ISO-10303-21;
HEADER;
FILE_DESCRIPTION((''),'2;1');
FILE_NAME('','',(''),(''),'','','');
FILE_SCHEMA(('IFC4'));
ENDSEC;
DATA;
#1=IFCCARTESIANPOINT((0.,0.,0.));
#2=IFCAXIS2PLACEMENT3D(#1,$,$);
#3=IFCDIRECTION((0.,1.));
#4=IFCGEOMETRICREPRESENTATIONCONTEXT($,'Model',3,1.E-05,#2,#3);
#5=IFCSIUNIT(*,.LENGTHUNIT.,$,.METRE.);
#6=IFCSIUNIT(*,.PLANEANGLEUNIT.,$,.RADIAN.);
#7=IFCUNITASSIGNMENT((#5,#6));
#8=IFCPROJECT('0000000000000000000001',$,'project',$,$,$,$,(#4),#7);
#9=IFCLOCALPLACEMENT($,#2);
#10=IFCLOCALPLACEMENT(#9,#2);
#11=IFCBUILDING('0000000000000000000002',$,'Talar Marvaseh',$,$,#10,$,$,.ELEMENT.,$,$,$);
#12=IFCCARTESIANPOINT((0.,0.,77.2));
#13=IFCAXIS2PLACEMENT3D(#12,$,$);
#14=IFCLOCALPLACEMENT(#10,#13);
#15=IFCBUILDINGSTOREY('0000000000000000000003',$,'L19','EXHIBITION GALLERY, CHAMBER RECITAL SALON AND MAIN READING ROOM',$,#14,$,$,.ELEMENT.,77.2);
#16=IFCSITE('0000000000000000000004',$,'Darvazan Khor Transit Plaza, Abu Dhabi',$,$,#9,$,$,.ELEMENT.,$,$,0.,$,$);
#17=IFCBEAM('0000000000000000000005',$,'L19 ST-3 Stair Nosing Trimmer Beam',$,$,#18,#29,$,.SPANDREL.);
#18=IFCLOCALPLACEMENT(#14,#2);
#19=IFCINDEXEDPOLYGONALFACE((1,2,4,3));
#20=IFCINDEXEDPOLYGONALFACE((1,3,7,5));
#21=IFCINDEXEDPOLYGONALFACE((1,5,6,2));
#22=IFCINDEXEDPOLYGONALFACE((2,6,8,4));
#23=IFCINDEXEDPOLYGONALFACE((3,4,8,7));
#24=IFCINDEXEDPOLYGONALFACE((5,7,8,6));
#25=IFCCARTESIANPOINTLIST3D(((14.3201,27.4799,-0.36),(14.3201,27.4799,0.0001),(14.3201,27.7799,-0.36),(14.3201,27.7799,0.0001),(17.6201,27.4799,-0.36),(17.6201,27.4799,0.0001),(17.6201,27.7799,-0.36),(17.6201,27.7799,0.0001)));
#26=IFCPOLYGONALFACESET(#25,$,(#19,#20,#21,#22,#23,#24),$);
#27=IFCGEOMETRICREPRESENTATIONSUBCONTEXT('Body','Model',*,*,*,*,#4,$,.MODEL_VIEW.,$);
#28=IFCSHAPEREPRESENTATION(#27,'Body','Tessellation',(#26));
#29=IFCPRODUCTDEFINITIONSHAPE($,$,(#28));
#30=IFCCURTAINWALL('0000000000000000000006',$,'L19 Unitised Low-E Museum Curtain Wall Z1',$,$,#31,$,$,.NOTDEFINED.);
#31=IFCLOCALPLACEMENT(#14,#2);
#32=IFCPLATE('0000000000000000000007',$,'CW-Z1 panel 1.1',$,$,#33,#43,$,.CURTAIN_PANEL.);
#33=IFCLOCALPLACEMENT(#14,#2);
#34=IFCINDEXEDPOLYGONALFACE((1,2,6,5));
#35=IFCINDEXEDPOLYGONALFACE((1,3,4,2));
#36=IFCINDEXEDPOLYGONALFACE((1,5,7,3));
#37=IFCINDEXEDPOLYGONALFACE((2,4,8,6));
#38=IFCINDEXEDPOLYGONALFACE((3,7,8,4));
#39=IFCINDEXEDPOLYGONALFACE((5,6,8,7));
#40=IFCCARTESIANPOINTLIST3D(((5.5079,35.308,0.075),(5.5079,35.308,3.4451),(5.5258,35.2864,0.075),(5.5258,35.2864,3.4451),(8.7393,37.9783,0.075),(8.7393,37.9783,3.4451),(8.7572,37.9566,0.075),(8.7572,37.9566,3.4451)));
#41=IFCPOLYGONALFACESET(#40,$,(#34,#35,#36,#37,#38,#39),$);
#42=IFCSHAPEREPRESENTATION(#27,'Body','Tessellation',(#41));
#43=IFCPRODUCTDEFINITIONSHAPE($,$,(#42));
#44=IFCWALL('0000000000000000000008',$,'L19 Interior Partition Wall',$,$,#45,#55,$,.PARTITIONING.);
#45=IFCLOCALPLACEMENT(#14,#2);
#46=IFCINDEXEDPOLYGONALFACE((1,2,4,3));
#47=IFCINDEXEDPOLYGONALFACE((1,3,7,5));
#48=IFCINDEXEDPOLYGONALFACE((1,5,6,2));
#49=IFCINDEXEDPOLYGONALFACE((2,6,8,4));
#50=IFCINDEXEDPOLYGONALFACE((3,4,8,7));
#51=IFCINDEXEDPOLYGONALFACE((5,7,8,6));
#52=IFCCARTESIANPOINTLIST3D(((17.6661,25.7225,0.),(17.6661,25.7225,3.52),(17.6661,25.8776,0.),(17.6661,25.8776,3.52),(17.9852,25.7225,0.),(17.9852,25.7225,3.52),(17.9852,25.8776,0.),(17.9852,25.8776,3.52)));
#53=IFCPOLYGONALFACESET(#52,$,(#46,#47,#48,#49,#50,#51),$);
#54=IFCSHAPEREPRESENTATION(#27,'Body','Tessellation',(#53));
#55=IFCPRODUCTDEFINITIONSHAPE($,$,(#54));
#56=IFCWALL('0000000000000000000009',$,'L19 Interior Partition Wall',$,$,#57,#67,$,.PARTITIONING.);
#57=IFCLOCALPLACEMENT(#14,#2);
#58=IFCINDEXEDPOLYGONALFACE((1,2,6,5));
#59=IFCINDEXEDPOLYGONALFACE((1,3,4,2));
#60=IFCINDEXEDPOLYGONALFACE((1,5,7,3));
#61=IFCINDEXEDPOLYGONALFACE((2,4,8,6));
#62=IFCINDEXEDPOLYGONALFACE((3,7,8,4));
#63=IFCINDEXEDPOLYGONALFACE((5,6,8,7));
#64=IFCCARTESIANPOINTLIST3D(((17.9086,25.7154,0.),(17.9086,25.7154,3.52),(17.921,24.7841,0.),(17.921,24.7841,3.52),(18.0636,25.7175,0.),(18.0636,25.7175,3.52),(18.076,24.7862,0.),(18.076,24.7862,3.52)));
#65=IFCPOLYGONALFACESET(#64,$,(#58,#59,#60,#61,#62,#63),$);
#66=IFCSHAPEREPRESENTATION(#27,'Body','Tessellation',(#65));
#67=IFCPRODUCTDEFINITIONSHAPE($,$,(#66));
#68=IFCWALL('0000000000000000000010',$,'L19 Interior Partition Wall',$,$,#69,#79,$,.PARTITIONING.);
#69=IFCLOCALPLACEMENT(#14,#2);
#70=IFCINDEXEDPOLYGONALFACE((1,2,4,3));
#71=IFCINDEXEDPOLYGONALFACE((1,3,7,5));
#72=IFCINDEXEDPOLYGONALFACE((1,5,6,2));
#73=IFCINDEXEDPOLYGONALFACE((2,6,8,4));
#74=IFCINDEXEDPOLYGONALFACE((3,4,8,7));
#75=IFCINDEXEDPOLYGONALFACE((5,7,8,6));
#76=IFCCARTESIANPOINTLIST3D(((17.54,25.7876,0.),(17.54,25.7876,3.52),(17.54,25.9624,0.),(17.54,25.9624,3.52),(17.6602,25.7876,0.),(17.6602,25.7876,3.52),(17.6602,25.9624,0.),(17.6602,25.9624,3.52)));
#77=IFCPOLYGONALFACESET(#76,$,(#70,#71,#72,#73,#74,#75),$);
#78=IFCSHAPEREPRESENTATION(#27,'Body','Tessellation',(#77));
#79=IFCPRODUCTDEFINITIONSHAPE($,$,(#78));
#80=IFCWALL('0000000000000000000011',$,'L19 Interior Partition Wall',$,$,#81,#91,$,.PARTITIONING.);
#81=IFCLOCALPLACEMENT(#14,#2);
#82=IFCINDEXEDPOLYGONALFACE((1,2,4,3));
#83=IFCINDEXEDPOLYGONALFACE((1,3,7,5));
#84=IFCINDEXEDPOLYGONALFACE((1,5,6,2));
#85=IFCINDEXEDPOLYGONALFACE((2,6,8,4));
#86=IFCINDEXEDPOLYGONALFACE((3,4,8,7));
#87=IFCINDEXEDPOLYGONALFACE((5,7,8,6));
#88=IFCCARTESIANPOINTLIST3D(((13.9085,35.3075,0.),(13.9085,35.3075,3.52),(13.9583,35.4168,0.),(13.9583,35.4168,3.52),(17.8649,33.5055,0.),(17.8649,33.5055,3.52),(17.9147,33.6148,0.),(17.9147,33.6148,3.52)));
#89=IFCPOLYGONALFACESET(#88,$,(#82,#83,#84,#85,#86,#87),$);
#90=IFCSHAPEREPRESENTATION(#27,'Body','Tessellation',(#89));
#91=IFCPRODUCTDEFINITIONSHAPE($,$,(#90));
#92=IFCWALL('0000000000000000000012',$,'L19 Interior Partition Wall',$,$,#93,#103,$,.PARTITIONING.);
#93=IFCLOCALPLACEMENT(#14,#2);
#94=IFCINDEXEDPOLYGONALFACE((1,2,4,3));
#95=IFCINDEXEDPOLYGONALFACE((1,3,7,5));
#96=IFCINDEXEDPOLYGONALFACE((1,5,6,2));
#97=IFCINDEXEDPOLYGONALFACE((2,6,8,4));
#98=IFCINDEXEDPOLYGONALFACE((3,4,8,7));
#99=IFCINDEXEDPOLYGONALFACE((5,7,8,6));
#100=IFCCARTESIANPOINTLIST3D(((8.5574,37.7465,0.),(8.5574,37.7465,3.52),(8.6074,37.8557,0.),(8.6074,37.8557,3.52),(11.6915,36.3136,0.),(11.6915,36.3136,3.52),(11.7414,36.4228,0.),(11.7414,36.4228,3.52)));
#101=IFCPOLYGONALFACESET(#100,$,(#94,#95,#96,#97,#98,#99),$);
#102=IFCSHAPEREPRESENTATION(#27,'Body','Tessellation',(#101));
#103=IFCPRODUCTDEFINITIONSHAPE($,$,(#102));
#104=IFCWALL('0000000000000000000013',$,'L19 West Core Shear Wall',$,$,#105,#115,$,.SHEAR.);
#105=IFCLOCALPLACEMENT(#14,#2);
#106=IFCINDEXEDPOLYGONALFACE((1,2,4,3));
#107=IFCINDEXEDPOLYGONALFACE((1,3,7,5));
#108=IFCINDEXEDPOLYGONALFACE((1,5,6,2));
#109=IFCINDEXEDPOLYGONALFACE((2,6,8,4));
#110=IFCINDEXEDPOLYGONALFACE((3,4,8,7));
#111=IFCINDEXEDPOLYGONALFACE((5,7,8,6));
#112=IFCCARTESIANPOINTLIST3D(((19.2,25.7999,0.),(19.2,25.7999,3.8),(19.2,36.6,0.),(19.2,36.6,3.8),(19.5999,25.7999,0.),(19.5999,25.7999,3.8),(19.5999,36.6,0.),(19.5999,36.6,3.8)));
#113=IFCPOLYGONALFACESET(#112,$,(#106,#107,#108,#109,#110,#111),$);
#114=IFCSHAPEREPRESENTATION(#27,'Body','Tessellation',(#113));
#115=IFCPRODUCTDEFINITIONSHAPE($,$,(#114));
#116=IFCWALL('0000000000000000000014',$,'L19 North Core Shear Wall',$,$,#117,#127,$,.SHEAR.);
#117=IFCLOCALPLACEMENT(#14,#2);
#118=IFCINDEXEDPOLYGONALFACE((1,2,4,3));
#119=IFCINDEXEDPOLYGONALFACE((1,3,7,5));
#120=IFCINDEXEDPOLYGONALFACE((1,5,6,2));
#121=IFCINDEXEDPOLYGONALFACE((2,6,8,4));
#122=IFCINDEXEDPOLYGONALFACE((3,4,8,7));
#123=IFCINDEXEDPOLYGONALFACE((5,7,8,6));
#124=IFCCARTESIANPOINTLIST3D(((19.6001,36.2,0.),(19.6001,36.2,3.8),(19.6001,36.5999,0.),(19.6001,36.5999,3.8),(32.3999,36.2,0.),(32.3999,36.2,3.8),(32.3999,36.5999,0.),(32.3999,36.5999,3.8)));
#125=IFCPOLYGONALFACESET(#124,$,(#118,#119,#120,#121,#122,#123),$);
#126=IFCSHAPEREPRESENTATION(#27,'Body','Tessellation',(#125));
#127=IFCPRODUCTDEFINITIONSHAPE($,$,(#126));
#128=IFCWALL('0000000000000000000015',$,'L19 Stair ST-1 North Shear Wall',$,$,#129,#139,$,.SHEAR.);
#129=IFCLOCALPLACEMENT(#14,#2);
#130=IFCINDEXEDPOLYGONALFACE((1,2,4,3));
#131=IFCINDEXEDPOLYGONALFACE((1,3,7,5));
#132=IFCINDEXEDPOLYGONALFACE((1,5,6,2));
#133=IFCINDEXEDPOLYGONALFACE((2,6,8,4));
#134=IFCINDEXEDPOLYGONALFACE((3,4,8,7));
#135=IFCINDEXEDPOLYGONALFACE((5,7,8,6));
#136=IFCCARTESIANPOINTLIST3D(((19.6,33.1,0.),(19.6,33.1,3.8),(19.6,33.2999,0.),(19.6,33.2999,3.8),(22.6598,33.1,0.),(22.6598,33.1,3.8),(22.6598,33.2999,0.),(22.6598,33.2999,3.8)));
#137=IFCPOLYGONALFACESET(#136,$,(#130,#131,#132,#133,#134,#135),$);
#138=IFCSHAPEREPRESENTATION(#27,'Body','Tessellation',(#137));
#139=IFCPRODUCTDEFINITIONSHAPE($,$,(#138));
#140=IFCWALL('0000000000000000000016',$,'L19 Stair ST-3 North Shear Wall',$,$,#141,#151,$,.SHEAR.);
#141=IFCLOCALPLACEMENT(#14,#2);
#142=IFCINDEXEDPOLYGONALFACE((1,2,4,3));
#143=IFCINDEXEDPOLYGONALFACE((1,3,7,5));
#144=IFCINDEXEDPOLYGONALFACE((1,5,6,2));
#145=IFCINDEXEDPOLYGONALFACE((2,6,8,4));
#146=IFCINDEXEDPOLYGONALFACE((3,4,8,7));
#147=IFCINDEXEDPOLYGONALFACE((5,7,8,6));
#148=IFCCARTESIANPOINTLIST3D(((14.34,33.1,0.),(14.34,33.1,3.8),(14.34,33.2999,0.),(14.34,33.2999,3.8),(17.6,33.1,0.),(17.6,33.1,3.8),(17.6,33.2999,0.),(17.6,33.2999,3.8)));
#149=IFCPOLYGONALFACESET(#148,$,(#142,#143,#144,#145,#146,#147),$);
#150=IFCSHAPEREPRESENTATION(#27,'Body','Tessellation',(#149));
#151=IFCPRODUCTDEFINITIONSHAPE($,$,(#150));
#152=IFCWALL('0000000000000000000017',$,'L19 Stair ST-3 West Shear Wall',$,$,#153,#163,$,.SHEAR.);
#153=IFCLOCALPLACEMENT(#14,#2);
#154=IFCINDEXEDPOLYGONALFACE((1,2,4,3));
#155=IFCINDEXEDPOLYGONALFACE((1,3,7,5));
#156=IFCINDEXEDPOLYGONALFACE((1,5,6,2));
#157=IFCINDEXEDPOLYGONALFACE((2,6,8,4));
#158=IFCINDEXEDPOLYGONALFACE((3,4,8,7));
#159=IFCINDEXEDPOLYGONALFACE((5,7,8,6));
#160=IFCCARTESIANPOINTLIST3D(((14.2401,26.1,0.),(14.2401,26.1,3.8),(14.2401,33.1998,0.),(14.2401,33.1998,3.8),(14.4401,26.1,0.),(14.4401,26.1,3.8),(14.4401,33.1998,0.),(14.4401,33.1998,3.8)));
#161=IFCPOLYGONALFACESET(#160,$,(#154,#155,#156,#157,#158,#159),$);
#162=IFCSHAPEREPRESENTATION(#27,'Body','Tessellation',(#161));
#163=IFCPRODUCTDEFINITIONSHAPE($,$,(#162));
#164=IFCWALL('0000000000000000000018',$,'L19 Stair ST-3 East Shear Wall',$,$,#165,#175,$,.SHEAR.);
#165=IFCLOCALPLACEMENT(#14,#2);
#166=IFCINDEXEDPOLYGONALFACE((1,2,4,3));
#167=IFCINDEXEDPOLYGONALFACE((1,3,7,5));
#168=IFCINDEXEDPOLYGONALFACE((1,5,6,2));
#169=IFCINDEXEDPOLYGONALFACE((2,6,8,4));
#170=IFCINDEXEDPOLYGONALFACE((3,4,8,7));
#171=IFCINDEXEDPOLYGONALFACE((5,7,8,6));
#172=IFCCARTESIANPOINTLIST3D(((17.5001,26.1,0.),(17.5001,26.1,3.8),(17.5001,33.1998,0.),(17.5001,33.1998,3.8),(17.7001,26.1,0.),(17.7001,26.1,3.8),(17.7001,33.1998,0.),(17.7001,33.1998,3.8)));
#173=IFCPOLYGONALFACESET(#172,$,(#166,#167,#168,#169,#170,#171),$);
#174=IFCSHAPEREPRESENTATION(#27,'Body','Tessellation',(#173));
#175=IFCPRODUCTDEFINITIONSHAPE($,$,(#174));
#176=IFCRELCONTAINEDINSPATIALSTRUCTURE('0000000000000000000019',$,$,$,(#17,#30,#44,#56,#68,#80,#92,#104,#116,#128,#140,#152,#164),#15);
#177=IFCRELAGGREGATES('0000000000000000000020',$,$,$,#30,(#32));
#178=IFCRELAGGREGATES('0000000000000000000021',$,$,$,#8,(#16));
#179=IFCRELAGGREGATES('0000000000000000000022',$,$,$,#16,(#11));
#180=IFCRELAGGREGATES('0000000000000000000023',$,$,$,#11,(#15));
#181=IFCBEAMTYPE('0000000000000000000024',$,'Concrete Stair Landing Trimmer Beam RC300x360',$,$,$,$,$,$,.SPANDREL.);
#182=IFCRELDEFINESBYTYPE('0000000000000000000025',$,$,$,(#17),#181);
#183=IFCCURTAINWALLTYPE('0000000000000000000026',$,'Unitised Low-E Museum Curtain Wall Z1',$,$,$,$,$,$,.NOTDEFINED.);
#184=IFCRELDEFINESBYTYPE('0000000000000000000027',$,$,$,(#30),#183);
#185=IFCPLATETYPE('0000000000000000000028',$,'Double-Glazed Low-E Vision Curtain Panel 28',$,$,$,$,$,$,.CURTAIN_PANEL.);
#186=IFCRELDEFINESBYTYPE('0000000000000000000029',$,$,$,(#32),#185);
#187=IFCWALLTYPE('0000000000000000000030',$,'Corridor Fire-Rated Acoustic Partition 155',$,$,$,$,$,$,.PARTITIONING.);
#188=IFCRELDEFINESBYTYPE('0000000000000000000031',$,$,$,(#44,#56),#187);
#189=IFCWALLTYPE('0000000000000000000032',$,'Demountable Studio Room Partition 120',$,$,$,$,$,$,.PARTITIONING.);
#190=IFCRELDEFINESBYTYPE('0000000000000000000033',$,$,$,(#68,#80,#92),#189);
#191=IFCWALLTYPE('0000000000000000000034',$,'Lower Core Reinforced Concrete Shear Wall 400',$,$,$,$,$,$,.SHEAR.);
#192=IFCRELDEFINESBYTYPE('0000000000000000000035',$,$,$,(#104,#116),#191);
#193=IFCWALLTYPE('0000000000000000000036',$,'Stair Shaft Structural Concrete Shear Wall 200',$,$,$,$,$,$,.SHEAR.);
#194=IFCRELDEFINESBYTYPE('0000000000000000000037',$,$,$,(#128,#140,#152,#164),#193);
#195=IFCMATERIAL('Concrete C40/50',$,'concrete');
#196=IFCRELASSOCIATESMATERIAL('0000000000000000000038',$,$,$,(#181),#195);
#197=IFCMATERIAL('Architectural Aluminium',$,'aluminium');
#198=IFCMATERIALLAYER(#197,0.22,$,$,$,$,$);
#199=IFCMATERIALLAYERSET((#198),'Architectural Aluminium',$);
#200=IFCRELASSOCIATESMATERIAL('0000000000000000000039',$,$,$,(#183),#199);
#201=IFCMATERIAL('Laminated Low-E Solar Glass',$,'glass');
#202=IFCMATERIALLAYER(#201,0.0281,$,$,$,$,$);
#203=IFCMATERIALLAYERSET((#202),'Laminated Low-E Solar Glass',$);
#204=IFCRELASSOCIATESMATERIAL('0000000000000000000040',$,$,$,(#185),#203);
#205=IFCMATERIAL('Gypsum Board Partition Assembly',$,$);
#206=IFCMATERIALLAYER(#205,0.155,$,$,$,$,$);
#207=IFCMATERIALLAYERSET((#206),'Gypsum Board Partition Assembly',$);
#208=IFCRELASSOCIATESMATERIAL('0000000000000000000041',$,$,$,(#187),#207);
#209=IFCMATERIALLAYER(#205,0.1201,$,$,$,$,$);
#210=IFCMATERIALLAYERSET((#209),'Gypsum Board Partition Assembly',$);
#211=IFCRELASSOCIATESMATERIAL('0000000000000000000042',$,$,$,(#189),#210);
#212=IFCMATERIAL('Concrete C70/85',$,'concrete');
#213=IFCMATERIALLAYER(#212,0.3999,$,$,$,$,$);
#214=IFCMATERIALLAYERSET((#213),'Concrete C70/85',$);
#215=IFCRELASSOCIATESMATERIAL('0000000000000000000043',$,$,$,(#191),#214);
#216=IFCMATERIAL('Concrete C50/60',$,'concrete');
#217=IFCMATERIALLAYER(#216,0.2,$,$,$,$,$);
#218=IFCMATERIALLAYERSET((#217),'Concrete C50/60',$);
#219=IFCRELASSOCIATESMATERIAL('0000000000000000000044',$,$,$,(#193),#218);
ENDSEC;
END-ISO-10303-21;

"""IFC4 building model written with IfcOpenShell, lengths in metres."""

from ifc_helpers import new_model, si_unit, direction, frame, frame_2d, origin, origin_2d, place, context, subcontext, project, spatial, rectangle, extrude, source, transform, mapped, material, layer, layer_set, material_profile, profile_set, type_object, type_shapes, element, aggregate, save


model = new_model("IFC4")

# Units and contexts
model_context = context("Model", 3, precision=1e-05, world=origin(), true_north=direction((0.0, 1.0)))
body_context = subcontext(model_context, "Body", "Model", "MODEL_VIEW")
ifc_project = project(units=[si_unit("LENGTHUNIT", "METRE"), si_unit("PLANEANGLEUNIT", "RADIAN")], contexts=[model_context])

# Site, building, storey
site_placement = place(None, origin())
site = spatial("IfcSite", under=ifc_project, at=site_placement, Name="Darvazan Khor Transit Plaza, Abu Dhabi", CompositionType="ELEMENT", RefElevation=0.0)
building_placement = place(site_placement, origin())
building = spatial("IfcBuilding", under=site, at=building_placement, Name="Talar Marvaseh", CompositionType="ELEMENT")
storey_placement = place(building_placement, frame((0.0, 0.0, 77.2)))
storey = spatial("IfcBuildingStorey", under=building, at=storey_placement, Name="L19", Description="EXHIBITION GALLERY, CHAMBER RECITAL SALON AND MAIN READING ROOM", CompositionType="ELEMENT", Elevation=77.2)

# Beam
ifc_material_1 = material(Name="Concrete C40/50", Category="concrete")
ifc_material_profile = material_profile(ifc_material_1, rectangle(XDim=0.3, YDim=0.3601, at=origin_2d()), Name="RC300x360")
ifc_profile_set = profile_set([ifc_material_profile], Name="Concrete C40/50")
beam_type = type_object("IfcBeamType", Name="Concrete Stair Landing Trimmer Beam RC300x360", PredefinedType="SPANDREL", material=ifc_profile_set)
beam_placement = place(storey_placement, frame((17.6201, 27.6299, -0.1799), z_axis=(-1.0, 0.0, 0.0), x_axis=(0.0, -1.0, 0.0)))
element("IfcBeam", 1, at=beam_placement, inside=storey, type_object=beam_type, Name="L19 ST-3 Stair Nosing Trimmer Beam", PredefinedType="SPANDREL", context=body_context, shape_type="SweptSolid", body=[
    extrude(rectangle(XDim=0.3, YDim=0.3601, at=origin_2d()), origin(), (0.0, 0.0, 1.0), 3.3),
])

# Curtain wall, plate
ifc_material_2 = material(Name="Architectural Aluminium", Category="aluminium")
ifc_layer_1 = layer(ifc_material_2, 0.22)
ifc_layer_set_1 = layer_set([ifc_layer_1], Name="Architectural Aluminium")
curtain_wall_type = type_object("IfcCurtainWallType", Name="Unitised Low-E Museum Curtain Wall Z1", PredefinedType="NOTDEFINED", material=ifc_layer_set_1)
curtain_wall_placement = place(storey_placement, origin())
curtain_wall = element("IfcCurtainWall", 2, at=curtain_wall_placement, inside=storey, type_object=curtain_wall_type, Name="L19 Unitised Low-E Museum Curtain Wall Z1", PredefinedType="NOTDEFINED")
ifc_material_3 = material(Name="Laminated Low-E Solar Glass", Category="glass")
ifc_layer_2 = layer(ifc_material_3, 0.0281)
ifc_layer_set_2 = layer_set([ifc_layer_2], Name="Laminated Low-E Solar Glass")
plate_type = type_object("IfcPlateType", Name="Double-Glazed Low-E Vision Curtain Panel 28", PredefinedType="CURTAIN_PANEL", material=ifc_layer_set_2)
shared_shape_1 = source(origin(), body_context, "Body", "SweptSolid", [
    extrude(rectangle(XDim=4.1919, YDim=0.0281, at=origin_2d()), origin(), (0.0, 0.0, 1.0), 3.3701),
])
type_shapes(plate_type, [shared_shape_1])
plate_placement = place(storey_placement, frame((7.1326, 36.6323, 0.075), z_axis=(0.0, 0.0, 1.0), x_axis=(0.770868, 0.636994, 0.0)))
plate = element("IfcPlate", 3, at=plate_placement, type_object=plate_type, Name="CW-Z1 panel 1.1", PredefinedType="CURTAIN_PANEL", context=body_context, shape_type="MappedRepresentation", body=[
    mapped(shared_shape_1, transform((0.0, 0.0, 0.0), x_axis=(1.0, 0.0, 0.0), y_axis=(0.0, 1.0, 0.0), z_axis=(0.0, 0.0, 1.0), scale=1.0)),
])
aggregate(curtain_wall, [plate])

# Walls
ifc_material_4 = material(Name="Gypsum Board Partition Assembly")
ifc_layer_3 = layer(ifc_material_4, 0.155)
ifc_layer_set_3 = layer_set([ifc_layer_3], Name="Gypsum Board Partition Assembly")
wall_type_1 = type_object("IfcWallType", Name="Corridor Fire-Rated Acoustic Partition 155", PredefinedType="PARTITIONING", material=ifc_layer_set_3)
wall_1_placement = place(storey_placement, frame((17.666, 25.8, 0.0), z_axis=(0.0, 0.0, 1.0), x_axis=(1.0, 0.0, 0.0)))
element("IfcWall", 4, at=wall_1_placement, inside=storey, type_object=wall_type_1, Name="L19 Interior Partition Wall", PredefinedType="PARTITIONING", context=body_context, shape_type="SweptSolid", body=[
    extrude(rectangle(XDim=0.3191, YDim=0.155, at=frame_2d((0.1597, 0.0))), origin(), (0.0, 0.0, 1.0), 3.52),
])
wall_2_placement = place(storey_placement, frame((17.9861, 25.7166, 0.0), z_axis=(0.0, 0.0, 1.0), x_axis=(0.013367, -0.999911, 0.0)))
element("IfcWall", 5, at=wall_2_placement, inside=storey, type_object=wall_type_1, Name="L19 Interior Partition Wall", PredefinedType="PARTITIONING", context=body_context, shape_type="SweptSolid", body=[
    extrude(rectangle(XDim=0.9314, YDim=0.155, at=frame_2d((0.4658, 0.0))), origin(), (0.0, 0.0, 1.0), 3.52),
])
ifc_layer_4 = layer(ifc_material_4, 0.1201)
ifc_layer_set_4 = layer_set([ifc_layer_4], Name="Gypsum Board Partition Assembly")
wall_type_2 = type_object("IfcWallType", Name="Demountable Studio Room Partition 120", PredefinedType="PARTITIONING", material=ifc_layer_set_4)
wall_3_placement = place(storey_placement, frame((17.6001, 25.9624, 0.0), z_axis=(0.0, 0.0, 1.0), x_axis=(0.0, -1.0, 0.0)))
element("IfcWall", 6, at=wall_3_placement, inside=storey, type_object=wall_type_2, Name="L19 Interior Partition Wall", PredefinedType="PARTITIONING", context=body_context, shape_type="SweptSolid", body=[
    extrude(rectangle(XDim=0.1748, YDim=0.1201, at=frame_2d((0.0874, 0.0))), origin(), (0.0, 0.0, 1.0), 3.52),
])
wall_4_placement = place(storey_placement, frame((17.8899, 33.5601, 0.0), z_axis=(0.0, 0.0, 1.0), x_axis=(-0.910047, 0.414505, 0.0)))
element("IfcWall", 7, at=wall_4_placement, inside=storey, type_object=wall_type_2, Name="L19 Interior Partition Wall", PredefinedType="PARTITIONING", context=body_context, shape_type="SweptSolid", body=[
    extrude(rectangle(XDim=4.3474, YDim=0.1201, at=frame_2d((2.1738, 0.0))), origin(), (0.0, 0.0, 1.0), 3.52),
])
wall_5_placement = place(storey_placement, frame((11.7166, 36.3682, 0.0), z_axis=(0.0, 0.0, 1.0), x_axis=(-0.909457, 0.415798, 0.0)))
element("IfcWall", 8, at=wall_5_placement, inside=storey, type_object=wall_type_2, Name="L19 Interior Partition Wall", PredefinedType="PARTITIONING", context=body_context, shape_type="SweptSolid", body=[
    extrude(rectangle(XDim=3.446, YDim=0.1201, at=frame_2d((1.7231, 0.0))), origin(), (0.0, 0.0, 1.0), 3.52),
])
ifc_material_5 = material(Name="Concrete C70/85", Category="concrete")
ifc_layer_5 = layer(ifc_material_5, 0.3999)
ifc_layer_set_5 = layer_set([ifc_layer_5], Name="Concrete C70/85")
wall_type_3 = type_object("IfcWallType", Name="Lower Core Reinforced Concrete Shear Wall 400", PredefinedType="SHEAR", material=ifc_layer_set_5)
wall_6_placement = place(storey_placement, frame((19.3999, 25.8, 0.0), z_axis=(0.0, 0.0, 1.0), x_axis=(0.0, 1.0, 0.0)))
element("IfcWall", 9, at=wall_6_placement, inside=storey, type_object=wall_type_3, Name="L19 West Core Shear Wall", PredefinedType="SHEAR", context=body_context, shape_type="SweptSolid", body=[
    extrude(rectangle(XDim=10.8, YDim=0.3999, at=frame_2d((5.3999, 0.0))), origin(), (0.0, 0.0, 1.0), 3.8),
])
wall_7_placement = place(storey_placement, frame((19.6001, 36.3999, 0.0), z_axis=(0.0, 0.0, 1.0), x_axis=(1.0, 0.0, 0.0)))
element("IfcWall", 10, at=wall_7_placement, inside=storey, type_object=wall_type_3, Name="L19 North Core Shear Wall", PredefinedType="SHEAR", context=body_context, shape_type="SweptSolid", body=[
    extrude(rectangle(XDim=12.7998, YDim=0.3999, at=frame_2d((6.3999, 0.0))), origin(), (0.0, 0.0, 1.0), 3.8),
])
ifc_material_6 = material(Name="Concrete C50/60", Category="concrete")
ifc_layer_6 = layer(ifc_material_6, 0.2)
ifc_layer_set_6 = layer_set([ifc_layer_6], Name="Concrete C50/60")
wall_type_4 = type_object("IfcWallType", Name="Stair Shaft Structural Concrete Shear Wall 200", PredefinedType="SHEAR", material=ifc_layer_set_6)
wall_8_placement = place(storey_placement, frame((19.6001, 33.2, 0.0), z_axis=(0.0, 0.0, 1.0), x_axis=(1.0, 0.0, 0.0)))
element("IfcWall", 11, at=wall_8_placement, inside=storey, type_object=wall_type_4, Name="L19 Stair ST-1 North Shear Wall", PredefinedType="SHEAR", context=body_context, shape_type="SweptSolid", body=[
    extrude(rectangle(XDim=3.0598, YDim=0.2, at=frame_2d((1.5298, 0.0))), origin(), (0.0, 0.0, 1.0), 3.8),
])

# Walls
wall_9_placement = place(storey_placement, frame((14.3401, 33.2, 0.0), z_axis=(0.0, 0.0, 1.0), x_axis=(1.0, 0.0, 0.0)))
element("IfcWall", 12, at=wall_9_placement, inside=storey, type_object=wall_type_4, Name="L19 Stair ST-3 North Shear Wall", PredefinedType="SHEAR", context=body_context, shape_type="SweptSolid", body=[
    extrude(rectangle(XDim=3.26, YDim=0.2, at=frame_2d((1.6299, 0.0))), origin(), (0.0, 0.0, 1.0), 3.8),
])
for number, where, z_axis, x_axis, name in (
    (13, (14.3401, 26.1001, 0.0), (0.0, 0.0, 1.0), (0.0, 1.0, 0.0), "L19 Stair ST-3 West Shear Wall"),
    (14, (17.6001, 26.1001, 0.0), (0.0, 0.0, 1.0), (0.0, 1.0, 0.0), "L19 Stair ST-3 East Shear Wall"),
):
    element("IfcWall", number, at=place(storey_placement, frame(where, z_axis=z_axis, x_axis=x_axis)), inside=storey, type_object=wall_type_4, Name=name, PredefinedType="SHEAR", context=body_context, shape_type="SweptSolid", body=[
        extrude(rectangle(XDim=7.0999, YDim=0.2, at=frame_2d((3.5498, 0.0))), origin(), (0.0, 0.0, 1.0), 3.8),
    ])

save(model, "model.ifc")
